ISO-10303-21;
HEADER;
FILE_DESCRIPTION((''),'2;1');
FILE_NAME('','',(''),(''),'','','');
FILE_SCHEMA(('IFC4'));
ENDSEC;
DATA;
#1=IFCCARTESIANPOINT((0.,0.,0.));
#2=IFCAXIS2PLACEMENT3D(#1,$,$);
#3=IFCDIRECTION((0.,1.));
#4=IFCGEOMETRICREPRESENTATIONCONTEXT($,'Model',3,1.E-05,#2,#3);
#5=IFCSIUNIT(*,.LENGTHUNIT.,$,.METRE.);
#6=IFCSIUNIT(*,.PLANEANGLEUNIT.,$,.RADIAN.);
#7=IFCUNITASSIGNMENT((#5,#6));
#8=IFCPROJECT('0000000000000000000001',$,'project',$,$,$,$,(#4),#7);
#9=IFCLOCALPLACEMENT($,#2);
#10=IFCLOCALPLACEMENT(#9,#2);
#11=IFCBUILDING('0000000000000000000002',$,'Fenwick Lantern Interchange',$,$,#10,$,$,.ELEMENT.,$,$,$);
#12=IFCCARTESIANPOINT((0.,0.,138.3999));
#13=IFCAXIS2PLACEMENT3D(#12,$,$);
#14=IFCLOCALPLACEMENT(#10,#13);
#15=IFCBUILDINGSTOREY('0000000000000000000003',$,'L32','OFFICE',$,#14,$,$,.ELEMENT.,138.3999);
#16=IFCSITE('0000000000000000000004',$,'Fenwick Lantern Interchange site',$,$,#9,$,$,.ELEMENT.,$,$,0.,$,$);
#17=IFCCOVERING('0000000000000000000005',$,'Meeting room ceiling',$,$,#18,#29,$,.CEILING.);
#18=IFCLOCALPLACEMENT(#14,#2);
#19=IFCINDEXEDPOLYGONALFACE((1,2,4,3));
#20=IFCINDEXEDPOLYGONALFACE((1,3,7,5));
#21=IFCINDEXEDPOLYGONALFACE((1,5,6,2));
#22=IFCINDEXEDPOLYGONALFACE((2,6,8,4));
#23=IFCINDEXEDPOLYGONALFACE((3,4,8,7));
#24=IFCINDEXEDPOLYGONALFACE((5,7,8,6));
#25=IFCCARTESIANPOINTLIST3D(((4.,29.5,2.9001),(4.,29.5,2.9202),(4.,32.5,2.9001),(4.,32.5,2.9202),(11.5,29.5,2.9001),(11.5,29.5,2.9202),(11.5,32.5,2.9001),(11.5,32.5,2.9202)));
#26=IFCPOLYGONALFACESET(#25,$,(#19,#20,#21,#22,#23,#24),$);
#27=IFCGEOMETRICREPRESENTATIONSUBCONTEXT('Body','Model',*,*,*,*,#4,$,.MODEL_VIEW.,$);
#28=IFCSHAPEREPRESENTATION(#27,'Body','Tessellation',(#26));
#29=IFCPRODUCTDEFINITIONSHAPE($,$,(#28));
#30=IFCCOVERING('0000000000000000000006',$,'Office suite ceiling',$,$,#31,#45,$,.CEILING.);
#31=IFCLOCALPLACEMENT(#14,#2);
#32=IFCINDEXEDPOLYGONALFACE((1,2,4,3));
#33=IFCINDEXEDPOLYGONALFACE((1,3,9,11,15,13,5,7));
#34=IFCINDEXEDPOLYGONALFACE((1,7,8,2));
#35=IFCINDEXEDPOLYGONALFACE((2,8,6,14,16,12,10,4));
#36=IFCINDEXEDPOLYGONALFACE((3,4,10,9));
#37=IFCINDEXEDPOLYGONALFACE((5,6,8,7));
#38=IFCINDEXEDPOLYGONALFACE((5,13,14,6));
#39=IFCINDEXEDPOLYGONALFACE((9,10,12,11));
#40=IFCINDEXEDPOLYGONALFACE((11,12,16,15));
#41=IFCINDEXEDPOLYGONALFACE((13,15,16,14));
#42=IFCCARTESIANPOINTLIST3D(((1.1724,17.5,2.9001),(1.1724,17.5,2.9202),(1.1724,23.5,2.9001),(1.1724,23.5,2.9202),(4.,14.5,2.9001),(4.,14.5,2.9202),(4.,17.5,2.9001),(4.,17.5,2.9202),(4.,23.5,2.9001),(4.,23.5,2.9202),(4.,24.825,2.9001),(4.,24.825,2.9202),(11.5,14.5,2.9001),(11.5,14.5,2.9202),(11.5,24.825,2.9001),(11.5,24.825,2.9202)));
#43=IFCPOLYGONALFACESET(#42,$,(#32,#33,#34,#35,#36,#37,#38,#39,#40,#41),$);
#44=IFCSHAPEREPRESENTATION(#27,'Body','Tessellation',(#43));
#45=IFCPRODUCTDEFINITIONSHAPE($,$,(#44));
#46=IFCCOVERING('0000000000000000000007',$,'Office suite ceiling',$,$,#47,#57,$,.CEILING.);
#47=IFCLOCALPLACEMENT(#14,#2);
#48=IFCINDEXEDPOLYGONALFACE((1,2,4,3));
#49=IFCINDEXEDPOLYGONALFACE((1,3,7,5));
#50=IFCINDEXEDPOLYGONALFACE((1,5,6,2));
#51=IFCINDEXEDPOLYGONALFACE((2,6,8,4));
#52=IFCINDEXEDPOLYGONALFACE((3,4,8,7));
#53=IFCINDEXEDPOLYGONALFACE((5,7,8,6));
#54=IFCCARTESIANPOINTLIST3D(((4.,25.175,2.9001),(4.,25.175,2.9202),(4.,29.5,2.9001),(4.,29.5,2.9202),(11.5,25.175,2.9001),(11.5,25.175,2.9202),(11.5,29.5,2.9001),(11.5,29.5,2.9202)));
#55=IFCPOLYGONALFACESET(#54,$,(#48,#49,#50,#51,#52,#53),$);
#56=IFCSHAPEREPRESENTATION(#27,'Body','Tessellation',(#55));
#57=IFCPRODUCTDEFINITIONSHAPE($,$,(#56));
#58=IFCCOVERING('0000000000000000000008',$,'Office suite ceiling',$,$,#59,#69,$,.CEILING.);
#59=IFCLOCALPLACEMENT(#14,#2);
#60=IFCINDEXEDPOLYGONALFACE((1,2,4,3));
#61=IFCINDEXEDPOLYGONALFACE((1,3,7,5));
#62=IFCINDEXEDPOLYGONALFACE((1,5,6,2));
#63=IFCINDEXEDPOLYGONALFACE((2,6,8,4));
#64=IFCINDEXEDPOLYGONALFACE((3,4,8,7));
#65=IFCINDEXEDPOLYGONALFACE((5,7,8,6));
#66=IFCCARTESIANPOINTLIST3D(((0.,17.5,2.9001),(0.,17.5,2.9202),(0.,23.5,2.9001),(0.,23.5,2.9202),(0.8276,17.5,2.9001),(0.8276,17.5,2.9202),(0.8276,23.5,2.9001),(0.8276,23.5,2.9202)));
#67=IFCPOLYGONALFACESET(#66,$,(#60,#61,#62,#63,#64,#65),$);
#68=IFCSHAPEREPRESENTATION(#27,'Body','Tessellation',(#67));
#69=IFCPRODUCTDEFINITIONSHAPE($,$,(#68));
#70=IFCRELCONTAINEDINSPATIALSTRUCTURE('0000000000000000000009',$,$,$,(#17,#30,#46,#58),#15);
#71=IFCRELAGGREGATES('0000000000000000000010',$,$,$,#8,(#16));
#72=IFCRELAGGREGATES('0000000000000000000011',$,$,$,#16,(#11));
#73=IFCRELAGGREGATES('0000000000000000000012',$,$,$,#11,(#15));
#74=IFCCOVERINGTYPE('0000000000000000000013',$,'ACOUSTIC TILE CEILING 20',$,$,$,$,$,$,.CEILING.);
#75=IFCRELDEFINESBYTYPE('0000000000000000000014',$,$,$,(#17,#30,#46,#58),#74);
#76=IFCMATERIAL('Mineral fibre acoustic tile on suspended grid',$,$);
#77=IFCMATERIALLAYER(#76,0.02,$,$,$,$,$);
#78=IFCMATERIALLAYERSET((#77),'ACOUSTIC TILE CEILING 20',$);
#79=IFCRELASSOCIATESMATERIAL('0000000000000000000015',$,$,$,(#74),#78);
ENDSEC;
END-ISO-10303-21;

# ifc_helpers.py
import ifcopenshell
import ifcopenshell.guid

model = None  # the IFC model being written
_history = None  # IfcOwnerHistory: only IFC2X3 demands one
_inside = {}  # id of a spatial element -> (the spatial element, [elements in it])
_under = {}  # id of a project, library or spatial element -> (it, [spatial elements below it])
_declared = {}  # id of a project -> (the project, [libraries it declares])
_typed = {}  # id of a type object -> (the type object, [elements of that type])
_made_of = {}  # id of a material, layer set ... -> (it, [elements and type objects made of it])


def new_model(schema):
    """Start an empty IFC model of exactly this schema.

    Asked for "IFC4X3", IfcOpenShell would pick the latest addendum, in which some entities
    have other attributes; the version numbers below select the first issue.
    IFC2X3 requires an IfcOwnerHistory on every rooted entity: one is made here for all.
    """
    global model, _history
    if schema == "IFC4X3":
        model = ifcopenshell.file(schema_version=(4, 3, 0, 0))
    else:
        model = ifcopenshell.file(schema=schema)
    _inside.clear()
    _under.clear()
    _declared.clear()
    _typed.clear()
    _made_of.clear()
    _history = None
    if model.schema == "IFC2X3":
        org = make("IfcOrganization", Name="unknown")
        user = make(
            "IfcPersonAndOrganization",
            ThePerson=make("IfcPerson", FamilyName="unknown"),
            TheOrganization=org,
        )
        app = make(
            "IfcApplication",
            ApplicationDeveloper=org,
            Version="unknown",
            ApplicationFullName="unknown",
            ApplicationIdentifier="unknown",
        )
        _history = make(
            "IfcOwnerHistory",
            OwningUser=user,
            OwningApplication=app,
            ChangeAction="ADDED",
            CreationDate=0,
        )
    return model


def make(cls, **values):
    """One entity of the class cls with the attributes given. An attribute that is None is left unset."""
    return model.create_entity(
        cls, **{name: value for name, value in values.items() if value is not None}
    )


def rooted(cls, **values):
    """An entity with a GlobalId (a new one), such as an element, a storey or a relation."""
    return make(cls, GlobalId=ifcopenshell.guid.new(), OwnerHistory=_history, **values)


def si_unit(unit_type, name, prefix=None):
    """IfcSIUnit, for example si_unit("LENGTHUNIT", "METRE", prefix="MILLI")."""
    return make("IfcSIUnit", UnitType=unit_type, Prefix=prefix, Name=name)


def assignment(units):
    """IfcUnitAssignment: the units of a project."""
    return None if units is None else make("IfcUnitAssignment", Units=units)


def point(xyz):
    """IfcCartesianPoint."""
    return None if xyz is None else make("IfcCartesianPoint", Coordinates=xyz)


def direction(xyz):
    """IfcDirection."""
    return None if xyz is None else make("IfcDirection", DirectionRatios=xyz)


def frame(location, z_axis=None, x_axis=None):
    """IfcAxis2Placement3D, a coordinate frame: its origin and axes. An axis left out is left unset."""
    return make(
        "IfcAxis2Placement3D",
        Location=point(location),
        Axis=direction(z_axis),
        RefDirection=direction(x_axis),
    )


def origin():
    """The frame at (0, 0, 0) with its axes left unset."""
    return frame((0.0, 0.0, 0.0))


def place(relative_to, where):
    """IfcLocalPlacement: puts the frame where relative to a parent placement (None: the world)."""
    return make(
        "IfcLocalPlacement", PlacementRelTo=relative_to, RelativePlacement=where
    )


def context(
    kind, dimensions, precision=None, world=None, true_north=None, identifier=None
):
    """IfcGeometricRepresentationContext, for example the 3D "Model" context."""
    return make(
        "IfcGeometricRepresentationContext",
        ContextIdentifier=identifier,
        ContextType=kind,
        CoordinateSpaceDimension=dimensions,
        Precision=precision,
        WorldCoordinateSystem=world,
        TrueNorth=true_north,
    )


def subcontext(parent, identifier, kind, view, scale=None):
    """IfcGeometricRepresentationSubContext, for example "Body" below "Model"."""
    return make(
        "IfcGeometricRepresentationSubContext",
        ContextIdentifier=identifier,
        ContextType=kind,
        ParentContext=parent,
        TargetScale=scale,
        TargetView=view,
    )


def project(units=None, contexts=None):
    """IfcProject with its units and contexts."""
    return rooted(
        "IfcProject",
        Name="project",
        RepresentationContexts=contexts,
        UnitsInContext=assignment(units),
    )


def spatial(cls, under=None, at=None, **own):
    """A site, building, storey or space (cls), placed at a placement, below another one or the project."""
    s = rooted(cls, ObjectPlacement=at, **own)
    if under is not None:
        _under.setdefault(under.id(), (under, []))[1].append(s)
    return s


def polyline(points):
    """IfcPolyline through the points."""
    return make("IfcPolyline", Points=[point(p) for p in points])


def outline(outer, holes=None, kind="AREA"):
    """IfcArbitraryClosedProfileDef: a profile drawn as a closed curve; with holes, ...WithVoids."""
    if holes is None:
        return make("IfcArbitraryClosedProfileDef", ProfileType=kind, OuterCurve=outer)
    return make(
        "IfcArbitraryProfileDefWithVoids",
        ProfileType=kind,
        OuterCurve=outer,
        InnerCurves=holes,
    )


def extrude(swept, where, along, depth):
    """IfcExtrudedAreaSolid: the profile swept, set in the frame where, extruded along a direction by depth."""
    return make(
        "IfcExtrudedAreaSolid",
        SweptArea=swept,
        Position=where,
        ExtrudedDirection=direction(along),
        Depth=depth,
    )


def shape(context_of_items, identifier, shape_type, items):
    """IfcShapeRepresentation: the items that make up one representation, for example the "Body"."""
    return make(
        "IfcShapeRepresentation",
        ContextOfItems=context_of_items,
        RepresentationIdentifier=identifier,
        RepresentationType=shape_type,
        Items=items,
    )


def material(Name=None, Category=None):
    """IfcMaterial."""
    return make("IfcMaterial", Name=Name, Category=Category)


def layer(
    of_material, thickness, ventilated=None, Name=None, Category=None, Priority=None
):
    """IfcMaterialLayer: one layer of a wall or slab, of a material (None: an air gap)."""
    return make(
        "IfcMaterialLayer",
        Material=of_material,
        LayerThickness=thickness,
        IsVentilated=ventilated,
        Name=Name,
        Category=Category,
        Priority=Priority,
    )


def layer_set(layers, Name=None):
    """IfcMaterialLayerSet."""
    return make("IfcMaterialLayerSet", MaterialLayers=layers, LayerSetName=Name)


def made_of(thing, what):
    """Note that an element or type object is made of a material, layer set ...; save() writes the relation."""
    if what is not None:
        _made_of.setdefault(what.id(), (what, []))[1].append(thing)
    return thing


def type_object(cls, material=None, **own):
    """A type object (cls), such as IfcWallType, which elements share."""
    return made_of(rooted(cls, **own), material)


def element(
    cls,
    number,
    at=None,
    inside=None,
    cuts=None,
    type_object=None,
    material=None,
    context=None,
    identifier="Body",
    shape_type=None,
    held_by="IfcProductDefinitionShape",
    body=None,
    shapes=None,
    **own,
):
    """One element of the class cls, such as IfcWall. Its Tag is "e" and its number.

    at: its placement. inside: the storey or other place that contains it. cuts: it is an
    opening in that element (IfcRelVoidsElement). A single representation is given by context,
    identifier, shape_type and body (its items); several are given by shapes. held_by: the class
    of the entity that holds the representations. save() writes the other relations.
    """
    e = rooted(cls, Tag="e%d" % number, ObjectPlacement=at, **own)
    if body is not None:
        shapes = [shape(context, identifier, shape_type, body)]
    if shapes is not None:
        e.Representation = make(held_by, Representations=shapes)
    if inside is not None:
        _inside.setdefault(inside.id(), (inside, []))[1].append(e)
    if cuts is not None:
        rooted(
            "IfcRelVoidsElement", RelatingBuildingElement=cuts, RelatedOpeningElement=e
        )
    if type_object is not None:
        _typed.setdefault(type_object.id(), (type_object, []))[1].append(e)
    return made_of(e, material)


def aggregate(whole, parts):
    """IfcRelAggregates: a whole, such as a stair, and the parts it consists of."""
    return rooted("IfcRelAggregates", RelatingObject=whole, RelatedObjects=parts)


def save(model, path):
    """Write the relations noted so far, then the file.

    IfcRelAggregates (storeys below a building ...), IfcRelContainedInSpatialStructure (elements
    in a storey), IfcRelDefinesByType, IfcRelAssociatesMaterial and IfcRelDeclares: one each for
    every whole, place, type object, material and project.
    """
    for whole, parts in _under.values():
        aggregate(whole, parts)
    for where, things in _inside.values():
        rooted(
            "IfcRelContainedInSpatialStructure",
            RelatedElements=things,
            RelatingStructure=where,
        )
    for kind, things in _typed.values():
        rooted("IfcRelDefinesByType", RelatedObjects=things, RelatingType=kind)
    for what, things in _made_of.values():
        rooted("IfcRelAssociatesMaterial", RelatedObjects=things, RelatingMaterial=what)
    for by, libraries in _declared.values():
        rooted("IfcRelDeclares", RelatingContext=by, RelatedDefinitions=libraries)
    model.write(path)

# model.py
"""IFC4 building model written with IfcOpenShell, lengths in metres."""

from ifc_helpers import new_model, si_unit, direction, frame, origin, place, context, subcontext, project, spatial, polyline, outline, extrude, material, layer, layer_set, type_object, element, save


model = new_model("IFC4")

# Units and contexts
model_context = context("Model", 3, precision=1e-05, world=origin(), true_north=direction((0.0, 1.0)))
body_context = subcontext(model_context, "Body", "Model", "MODEL_VIEW")
ifc_project = project(units=[si_unit("LENGTHUNIT", "METRE"), si_unit("PLANEANGLEUNIT", "RADIAN")], contexts=[model_context])

# Site, building, storey
site_placement = place(None, origin())
site = spatial("IfcSite", under=ifc_project, at=site_placement, Name="Fenwick Lantern Interchange site", CompositionType="ELEMENT", RefElevation=0.0)
building_placement = place(site_placement, origin())
building = spatial("IfcBuilding", under=site, at=building_placement, Name="Fenwick Lantern Interchange", CompositionType="ELEMENT")
storey_placement = place(building_placement, frame((0.0, 0.0, 138.3999)))
storey = spatial("IfcBuildingStorey", under=building, at=storey_placement, Name="L32", Description="OFFICE", CompositionType="ELEMENT", Elevation=138.3999)

# Coverings
ifc_material = material(Name="Mineral fibre acoustic tile on suspended grid")
ifc_layer = layer(ifc_material, 0.02)
ifc_layer_set = layer_set([ifc_layer], Name="ACOUSTIC TILE CEILING 20")
covering_type = type_object("IfcCoveringType", Name="ACOUSTIC TILE CEILING 20", PredefinedType="CEILING", material=ifc_layer_set)
covering_1_placement = place(storey_placement, frame((0.0, 0.0, 2.9001)))
element("IfcCovering", 1, at=covering_1_placement, inside=storey, type_object=covering_type, Name="Meeting room ceiling", PredefinedType="CEILING", context=body_context, shape_type="SweptSolid", body=[
    extrude(outline(polyline([(4.0, 32.5), (4.0, 29.5), (11.5, 29.5), (11.5, 32.5), (4.0, 32.5)])), origin(), (0.0, 0.0, 1.0), 0.02),
])
covering_2_placement = place(storey_placement, frame((0.0, 0.0, 2.9001)))
element("IfcCovering", 2, at=covering_2_placement, inside=storey, type_object=covering_type, Name="Office suite ceiling", PredefinedType="CEILING", context=body_context, shape_type="SweptSolid", body=[
    extrude(outline(polyline([(4.0, 23.5), (1.1724, 23.5), (1.1724, 17.5), (4.0, 17.5), (4.0, 14.5), (11.5, 14.5), (11.5, 24.825), (4.0, 24.825), (4.0, 23.5)])), origin(), (0.0, 0.0, 1.0), 0.02),
])
covering_3_placement = place(storey_placement, frame((0.0, 0.0, 2.9001)))
element("IfcCovering", 3, at=covering_3_placement, inside=storey, type_object=covering_type, Name="Office suite ceiling", PredefinedType="CEILING", context=body_context, shape_type="SweptSolid", body=[
    extrude(outline(polyline([(4.0, 29.5), (4.0, 25.175), (11.5, 25.175), (11.5, 29.5), (4.0, 29.5)])), origin(), (0.0, 0.0, 1.0), 0.02),
])
covering_4_placement = place(storey_placement, frame((0.0, 0.0, 2.9001)))
element("IfcCovering", 4, at=covering_4_placement, inside=storey, type_object=covering_type, Name="Office suite ceiling", PredefinedType="CEILING", context=body_context, shape_type="SweptSolid", body=[
    extrude(outline(polyline([(0.0, 23.5), (0.0, 17.5), (0.8276, 17.5), (0.8276, 23.5), (0.0, 23.5)])), origin(), (0.0, 0.0, 1.0), 0.02),
])

save(model, "model.ifc")
